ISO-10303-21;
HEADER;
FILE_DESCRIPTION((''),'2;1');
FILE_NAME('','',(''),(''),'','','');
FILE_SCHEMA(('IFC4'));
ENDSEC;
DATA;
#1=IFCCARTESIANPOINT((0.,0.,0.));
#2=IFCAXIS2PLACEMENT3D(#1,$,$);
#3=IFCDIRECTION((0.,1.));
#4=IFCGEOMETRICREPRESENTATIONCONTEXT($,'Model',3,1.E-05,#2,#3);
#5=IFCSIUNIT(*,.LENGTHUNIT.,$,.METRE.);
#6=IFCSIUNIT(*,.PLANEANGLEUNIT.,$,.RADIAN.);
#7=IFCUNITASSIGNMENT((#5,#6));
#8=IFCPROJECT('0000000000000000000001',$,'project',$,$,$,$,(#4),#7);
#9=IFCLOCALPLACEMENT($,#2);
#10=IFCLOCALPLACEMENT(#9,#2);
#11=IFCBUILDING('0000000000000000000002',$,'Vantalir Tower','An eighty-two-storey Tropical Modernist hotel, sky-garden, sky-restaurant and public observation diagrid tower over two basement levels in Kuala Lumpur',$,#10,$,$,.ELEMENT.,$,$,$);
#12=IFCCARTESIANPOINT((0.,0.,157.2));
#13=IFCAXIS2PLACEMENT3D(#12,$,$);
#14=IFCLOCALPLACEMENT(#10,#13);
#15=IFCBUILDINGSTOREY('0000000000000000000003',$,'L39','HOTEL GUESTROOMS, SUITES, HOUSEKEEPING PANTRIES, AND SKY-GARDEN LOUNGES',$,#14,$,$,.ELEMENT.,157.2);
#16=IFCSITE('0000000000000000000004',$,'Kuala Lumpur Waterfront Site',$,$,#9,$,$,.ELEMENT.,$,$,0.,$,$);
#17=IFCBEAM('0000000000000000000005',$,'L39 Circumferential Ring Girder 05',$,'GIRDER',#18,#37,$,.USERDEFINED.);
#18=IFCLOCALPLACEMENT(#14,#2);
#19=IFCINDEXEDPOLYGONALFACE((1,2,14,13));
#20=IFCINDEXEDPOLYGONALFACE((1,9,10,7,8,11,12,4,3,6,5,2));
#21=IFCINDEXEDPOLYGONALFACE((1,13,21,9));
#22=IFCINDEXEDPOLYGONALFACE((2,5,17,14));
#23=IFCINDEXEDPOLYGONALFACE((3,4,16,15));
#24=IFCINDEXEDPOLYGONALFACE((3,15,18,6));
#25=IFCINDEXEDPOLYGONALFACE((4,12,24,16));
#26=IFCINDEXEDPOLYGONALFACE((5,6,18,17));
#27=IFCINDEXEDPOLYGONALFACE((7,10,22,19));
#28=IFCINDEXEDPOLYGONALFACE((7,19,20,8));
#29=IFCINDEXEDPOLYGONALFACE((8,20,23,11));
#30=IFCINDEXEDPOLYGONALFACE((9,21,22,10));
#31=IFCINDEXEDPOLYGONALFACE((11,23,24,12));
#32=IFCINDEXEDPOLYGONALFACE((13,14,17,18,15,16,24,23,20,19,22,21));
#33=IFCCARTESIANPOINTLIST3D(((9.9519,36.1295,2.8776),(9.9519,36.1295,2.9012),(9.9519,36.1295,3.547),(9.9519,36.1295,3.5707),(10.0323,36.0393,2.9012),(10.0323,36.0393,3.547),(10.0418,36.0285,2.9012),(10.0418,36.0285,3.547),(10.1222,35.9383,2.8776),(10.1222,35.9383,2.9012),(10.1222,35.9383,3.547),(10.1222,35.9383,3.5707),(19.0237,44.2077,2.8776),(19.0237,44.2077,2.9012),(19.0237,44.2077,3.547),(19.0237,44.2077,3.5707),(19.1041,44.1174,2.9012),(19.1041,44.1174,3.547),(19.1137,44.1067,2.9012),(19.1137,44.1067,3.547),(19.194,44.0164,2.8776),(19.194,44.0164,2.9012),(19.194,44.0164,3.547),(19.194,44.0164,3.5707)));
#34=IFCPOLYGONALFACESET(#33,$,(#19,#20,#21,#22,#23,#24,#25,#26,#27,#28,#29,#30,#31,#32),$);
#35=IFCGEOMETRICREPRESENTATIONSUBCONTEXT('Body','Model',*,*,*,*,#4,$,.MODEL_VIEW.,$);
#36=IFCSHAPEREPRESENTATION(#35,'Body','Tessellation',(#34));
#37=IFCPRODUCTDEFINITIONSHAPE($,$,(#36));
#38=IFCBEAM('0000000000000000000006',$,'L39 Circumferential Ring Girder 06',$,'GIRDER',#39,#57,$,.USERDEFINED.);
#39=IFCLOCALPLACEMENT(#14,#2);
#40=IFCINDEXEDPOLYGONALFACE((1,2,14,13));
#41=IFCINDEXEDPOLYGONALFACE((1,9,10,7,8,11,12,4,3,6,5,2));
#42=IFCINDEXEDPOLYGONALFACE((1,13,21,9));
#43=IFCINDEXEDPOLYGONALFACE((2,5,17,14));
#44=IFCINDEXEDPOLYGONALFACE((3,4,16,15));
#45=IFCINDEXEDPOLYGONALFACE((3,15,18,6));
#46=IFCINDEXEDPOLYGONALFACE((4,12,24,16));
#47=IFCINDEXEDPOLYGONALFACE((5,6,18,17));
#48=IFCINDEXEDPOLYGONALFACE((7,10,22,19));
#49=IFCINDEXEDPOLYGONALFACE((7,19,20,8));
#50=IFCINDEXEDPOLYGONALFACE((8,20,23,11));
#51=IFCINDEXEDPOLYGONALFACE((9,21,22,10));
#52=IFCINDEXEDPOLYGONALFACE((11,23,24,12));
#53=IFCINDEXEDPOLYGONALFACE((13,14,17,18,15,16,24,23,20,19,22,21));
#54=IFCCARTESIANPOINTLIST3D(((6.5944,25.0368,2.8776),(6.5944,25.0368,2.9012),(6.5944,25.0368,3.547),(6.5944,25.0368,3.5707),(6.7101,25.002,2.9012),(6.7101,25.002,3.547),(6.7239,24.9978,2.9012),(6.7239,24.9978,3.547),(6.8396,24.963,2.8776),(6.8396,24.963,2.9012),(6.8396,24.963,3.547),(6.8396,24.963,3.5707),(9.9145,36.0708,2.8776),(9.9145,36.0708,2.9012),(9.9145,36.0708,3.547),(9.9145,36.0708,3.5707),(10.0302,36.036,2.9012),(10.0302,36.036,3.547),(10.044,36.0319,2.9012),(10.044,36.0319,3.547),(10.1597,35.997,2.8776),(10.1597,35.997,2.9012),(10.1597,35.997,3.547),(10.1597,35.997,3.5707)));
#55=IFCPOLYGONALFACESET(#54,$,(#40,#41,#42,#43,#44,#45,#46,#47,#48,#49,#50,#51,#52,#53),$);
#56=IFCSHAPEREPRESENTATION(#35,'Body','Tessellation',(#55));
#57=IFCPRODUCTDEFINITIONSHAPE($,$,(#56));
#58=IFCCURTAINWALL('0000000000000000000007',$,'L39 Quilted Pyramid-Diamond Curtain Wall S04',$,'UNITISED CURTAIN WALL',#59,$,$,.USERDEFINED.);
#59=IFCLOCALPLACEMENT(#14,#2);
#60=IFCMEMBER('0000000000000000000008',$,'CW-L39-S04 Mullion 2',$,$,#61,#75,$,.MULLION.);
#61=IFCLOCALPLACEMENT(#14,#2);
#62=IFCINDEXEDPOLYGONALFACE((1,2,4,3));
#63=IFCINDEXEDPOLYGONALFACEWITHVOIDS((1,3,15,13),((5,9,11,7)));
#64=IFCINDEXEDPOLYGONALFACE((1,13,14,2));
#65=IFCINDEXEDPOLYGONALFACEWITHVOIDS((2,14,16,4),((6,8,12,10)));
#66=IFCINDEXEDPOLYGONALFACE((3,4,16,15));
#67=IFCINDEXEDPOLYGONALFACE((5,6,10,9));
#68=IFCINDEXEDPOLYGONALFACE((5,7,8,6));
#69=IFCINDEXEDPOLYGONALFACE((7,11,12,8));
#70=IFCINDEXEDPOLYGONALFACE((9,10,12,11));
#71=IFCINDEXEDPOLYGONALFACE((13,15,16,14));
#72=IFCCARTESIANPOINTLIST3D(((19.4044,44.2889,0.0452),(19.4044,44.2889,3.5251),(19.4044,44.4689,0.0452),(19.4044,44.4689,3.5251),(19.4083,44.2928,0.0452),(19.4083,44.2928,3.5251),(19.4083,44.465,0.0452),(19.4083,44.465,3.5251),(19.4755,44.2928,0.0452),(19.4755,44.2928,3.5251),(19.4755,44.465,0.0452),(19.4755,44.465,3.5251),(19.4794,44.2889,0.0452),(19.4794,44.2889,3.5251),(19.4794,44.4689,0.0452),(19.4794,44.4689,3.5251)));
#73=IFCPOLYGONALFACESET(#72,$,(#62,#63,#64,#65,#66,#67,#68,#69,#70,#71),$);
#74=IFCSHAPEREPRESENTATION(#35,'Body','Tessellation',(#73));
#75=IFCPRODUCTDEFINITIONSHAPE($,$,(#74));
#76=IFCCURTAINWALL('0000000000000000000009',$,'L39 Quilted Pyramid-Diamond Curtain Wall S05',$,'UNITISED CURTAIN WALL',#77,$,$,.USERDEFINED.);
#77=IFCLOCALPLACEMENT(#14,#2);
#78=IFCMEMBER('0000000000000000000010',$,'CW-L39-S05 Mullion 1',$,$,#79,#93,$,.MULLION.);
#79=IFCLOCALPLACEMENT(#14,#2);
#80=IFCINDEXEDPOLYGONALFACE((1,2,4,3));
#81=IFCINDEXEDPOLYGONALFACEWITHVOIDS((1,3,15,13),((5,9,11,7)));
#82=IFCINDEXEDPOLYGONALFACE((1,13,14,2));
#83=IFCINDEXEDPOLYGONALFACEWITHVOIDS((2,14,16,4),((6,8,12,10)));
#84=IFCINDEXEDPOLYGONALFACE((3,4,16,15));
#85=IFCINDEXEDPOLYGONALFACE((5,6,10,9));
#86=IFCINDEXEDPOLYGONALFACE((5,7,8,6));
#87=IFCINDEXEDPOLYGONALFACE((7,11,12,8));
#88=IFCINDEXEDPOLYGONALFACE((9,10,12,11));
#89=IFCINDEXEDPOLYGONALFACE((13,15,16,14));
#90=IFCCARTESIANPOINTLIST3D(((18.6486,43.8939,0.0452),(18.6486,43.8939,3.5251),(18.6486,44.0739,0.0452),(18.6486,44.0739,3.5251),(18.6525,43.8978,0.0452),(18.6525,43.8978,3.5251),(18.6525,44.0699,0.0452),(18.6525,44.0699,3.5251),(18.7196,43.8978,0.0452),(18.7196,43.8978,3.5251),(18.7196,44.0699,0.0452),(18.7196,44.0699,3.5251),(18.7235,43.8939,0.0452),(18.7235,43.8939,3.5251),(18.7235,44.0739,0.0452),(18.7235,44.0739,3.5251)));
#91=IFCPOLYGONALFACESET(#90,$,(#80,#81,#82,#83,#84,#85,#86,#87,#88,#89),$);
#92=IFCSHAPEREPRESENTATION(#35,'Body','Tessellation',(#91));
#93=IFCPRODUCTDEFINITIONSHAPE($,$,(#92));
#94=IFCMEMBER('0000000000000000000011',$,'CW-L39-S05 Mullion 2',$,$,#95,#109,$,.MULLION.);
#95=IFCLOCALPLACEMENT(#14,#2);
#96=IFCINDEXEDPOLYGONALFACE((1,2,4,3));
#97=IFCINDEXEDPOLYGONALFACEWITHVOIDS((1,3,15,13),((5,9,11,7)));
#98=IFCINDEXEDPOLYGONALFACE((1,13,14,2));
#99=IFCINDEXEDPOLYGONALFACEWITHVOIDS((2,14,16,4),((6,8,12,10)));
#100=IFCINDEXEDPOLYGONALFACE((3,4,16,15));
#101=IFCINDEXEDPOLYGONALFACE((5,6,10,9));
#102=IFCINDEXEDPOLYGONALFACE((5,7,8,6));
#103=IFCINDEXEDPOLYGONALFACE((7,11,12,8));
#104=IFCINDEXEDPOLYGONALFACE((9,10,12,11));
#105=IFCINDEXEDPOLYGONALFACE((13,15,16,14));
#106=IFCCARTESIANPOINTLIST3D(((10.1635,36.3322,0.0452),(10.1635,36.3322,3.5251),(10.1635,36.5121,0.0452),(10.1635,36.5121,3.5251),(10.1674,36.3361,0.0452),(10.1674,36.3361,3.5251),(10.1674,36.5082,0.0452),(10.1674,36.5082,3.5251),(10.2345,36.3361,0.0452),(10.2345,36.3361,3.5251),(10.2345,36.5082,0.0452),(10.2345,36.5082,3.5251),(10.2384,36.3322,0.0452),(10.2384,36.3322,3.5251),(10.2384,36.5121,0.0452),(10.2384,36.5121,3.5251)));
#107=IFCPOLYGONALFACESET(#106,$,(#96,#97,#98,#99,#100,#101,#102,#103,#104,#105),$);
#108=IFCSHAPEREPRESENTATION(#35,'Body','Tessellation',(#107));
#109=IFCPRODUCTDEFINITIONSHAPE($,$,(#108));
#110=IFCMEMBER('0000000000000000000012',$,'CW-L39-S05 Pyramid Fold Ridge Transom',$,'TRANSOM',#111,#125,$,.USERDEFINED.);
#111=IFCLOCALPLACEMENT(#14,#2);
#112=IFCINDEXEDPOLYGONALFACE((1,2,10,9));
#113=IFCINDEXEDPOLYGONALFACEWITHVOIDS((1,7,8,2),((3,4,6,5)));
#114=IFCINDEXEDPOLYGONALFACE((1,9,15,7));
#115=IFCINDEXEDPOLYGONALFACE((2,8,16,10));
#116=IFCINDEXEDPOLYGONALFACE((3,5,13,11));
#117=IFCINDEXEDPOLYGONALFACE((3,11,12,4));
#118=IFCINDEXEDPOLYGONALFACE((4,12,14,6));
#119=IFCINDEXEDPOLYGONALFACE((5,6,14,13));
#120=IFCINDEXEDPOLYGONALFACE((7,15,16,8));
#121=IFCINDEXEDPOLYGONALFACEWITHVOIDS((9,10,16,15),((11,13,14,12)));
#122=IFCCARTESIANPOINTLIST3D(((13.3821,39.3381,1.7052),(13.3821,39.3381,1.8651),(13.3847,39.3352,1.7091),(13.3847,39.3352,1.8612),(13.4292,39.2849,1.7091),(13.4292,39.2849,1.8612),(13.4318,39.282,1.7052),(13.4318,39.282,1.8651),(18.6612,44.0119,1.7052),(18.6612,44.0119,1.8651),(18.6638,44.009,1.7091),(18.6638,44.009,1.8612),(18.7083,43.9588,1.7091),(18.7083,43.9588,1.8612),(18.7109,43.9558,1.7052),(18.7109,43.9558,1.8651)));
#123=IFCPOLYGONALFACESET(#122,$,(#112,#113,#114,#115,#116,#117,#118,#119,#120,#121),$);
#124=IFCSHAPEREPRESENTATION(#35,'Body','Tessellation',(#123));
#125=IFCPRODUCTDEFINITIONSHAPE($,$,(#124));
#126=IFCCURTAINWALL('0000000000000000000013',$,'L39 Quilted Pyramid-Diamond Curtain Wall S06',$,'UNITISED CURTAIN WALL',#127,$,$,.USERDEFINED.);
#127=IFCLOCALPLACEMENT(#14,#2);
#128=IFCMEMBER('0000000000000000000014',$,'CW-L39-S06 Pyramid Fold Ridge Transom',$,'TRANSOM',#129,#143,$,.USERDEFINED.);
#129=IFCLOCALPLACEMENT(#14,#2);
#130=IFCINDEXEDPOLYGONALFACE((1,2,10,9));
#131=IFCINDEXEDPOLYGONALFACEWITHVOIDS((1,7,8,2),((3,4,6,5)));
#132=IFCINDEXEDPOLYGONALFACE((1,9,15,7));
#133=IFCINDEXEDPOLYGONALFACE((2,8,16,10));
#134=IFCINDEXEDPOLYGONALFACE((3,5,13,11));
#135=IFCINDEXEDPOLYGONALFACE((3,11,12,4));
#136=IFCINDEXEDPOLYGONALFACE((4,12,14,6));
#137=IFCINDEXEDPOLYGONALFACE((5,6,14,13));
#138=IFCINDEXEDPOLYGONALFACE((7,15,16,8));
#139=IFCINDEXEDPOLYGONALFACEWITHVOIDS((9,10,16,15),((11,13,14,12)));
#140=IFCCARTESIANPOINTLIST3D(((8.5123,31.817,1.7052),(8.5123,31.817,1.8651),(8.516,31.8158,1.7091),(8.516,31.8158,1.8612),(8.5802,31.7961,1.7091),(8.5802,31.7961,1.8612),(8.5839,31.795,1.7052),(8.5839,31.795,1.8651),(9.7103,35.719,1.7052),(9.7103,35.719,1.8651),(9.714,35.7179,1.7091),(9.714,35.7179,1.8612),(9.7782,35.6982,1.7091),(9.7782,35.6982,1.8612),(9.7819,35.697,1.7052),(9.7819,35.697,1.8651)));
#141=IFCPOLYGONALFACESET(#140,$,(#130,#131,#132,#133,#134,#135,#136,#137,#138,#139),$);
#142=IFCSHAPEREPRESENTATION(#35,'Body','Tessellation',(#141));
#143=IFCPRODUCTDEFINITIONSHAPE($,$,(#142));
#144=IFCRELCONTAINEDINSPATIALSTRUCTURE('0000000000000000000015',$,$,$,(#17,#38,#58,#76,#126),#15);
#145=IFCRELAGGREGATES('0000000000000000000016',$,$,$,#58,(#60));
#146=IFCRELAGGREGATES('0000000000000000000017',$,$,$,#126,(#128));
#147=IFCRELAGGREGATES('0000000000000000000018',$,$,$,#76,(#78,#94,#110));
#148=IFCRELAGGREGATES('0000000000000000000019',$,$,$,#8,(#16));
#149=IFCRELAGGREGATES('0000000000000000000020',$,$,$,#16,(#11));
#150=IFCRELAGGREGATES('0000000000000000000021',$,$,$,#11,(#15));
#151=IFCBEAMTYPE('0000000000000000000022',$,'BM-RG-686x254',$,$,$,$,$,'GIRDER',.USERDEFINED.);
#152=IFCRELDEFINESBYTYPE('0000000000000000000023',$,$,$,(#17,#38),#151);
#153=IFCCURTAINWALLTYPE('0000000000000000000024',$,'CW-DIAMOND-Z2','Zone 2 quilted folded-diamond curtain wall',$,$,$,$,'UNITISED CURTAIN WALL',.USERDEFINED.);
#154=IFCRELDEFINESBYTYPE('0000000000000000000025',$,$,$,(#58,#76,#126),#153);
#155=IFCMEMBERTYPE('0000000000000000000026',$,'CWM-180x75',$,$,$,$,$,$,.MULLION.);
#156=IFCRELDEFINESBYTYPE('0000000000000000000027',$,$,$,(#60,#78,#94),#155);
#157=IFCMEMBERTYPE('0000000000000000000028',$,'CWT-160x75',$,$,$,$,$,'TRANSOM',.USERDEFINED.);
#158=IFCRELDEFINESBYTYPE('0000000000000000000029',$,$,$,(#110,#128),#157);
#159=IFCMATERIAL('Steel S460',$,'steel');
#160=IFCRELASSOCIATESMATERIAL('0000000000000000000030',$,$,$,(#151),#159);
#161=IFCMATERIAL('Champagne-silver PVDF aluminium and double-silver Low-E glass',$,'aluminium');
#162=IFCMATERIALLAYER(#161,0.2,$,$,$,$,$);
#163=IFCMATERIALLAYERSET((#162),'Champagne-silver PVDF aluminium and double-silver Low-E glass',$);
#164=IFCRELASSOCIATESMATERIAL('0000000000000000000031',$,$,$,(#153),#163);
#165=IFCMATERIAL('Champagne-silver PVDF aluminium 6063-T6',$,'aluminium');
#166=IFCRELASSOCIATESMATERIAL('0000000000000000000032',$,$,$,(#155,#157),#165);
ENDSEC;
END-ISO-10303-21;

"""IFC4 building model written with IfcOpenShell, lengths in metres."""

from ifc_helpers import new_model, si_unit, direction, frame, origin, origin_2d, place, context, subcontext, project, spatial, hollow_rectangle, i_section, extrude, material, layer, layer_set, material_profile, profile_set, type_object, element, aggregate, save


model = new_model("IFC4")

# Units and contexts
model_context = context("Model", 3, precision=1e-05, world=origin(), true_north=direction((0.0, 1.0)))
body_context = subcontext(model_context, "Body", "Model", "MODEL_VIEW")
ifc_project = project(units=[si_unit("LENGTHUNIT", "METRE"), si_unit("PLANEANGLEUNIT", "RADIAN")], contexts=[model_context])

# Site, building, storey
site_placement = place(None, origin())
site = spatial("IfcSite", under=ifc_project, at=site_placement, Name="Kuala Lumpur Waterfront Site", CompositionType="ELEMENT", RefElevation=0.0)
building_placement = place(site_placement, origin())
building = spatial("IfcBuilding", under=site, at=building_placement, Name="Vantalir Tower", Description="An eighty-two-storey Tropical Modernist hotel, sky-garden, sky-restaurant and public observation diagrid tower over two basement levels in Kuala Lumpur", CompositionType="ELEMENT")
storey_placement = place(building_placement, frame((0.0, 0.0, 157.2)))
storey = spatial("IfcBuildingStorey", under=building, at=storey_placement, Name="L39", Description="HOTEL GUESTROOMS, SUITES, HOUSEKEEPING PANTRIES, AND SKY-GARDEN LOUNGES", CompositionType="ELEMENT", Elevation=157.2)

# Shared definitions
ifc_material_1 = material(Name="Steel S460", Category="steel")

# Beams
ifc_material_profile_1 = material_profile(ifc_material_1, i_section(OverallWidth=0.2561, OverallDepth=0.6931, WebThickness=0.0144, FlangeThickness=0.0237, at=origin_2d()), Name="Steel S460")
ifc_profile_set_1 = profile_set([ifc_material_profile_1], Name="Steel S460")
beam_type_1 = type_object("IfcBeamType", Name="BM-RG-686x254", ElementType="GIRDER", PredefinedType="USERDEFINED", material=ifc_profile_set_1)
beam_1_placement = place(storey_placement, frame((19.1089, 44.1121, 3.2241), z_axis=(-0.746824, -0.665022, 0.0), x_axis=(0.665022, -0.746824, 0.0)))
element("IfcBeam", 1, at=beam_1_placement, inside=storey, type_object=beam_type_1, Name="L39 Circumferential Ring Girder 05", ObjectType="GIRDER", PredefinedType="USERDEFINED", context=body_context, shape_type="SweptSolid", body=[
    extrude(i_section(OverallWidth=0.2561, OverallDepth=0.6931, WebThickness=0.0144, FlangeThickness=0.0237, at=origin_2d()), origin(), (0.0, 0.0, 1.0), 12.1472),
])
beam_2_placement = place(storey_placement, frame((10.0371, 36.0339, 3.2241), z_axis=(-0.288135, -0.95759, 0.0), x_axis=(0.95759, -0.288135, 0.0)))
element("IfcBeam", 2, at=beam_2_placement, inside=storey, type_object=beam_type_1, Name="L39 Circumferential Ring Girder 06", ObjectType="GIRDER", PredefinedType="USERDEFINED", context=body_context, shape_type="SweptSolid", body=[
    extrude(i_section(OverallWidth=0.2561, OverallDepth=0.6931, WebThickness=0.0144, FlangeThickness=0.0237, at=origin_2d()), origin(), (0.0, 0.0, 1.0), 11.5227),
])

# Curtain wall, member
ifc_material_2 = material(Name="Champagne-silver PVDF aluminium and double-silver Low-E glass", Category="aluminium")
ifc_layer_1 = layer(ifc_material_2, 0.2)
ifc_layer_set_1 = layer_set([ifc_layer_1], Name="Champagne-silver PVDF aluminium and double-silver Low-E glass")
curtain_wall_type = type_object("IfcCurtainWallType", Name="CW-DIAMOND-Z2", Description="Zone 2 quilted folded-diamond curtain wall", ElementType="UNITISED CURTAIN WALL", PredefinedType="USERDEFINED", material=ifc_layer_set_1)
curtain_wall_1_placement = place(storey_placement, origin())
curtain_wall_1 = element("IfcCurtainWall", 3, at=curtain_wall_1_placement, inside=storey, type_object=curtain_wall_type, Name="L39 Quilted Pyramid-Diamond Curtain Wall S04", ObjectType="UNITISED CURTAIN WALL", PredefinedType="USERDEFINED")
ifc_material_3 = material(Name="Champagne-silver PVDF aluminium 6063-T6", Category="aluminium")
ifc_material_profile_2 = material_profile(ifc_material_3, hollow_rectangle(XDim=0.075, YDim=0.1799, WallThickness=0.0039, at=origin_2d()), Name="Champagne-silver PVDF aluminium 6063-T6")
ifc_profile_set_2 = profile_set([ifc_material_profile_2], Name="Champagne-silver PVDF aluminium 6063-T6")
member_type_1 = type_object("IfcMemberType", Name="CWM-180x75", PredefinedType="MULLION", material=ifc_profile_set_2)
member_1_placement = place(storey_placement, frame((19.4419, 44.3789, 0.0452), z_axis=(0.0, 0.0, 1.0), x_axis=(1.0, 0.0, 0.0)))
member_1 = element("IfcMember", 4, at=member_1_placement, type_object=member_type_1, Name="CW-L39-S04 Mullion 2", PredefinedType="MULLION", context=body_context, shape_type="SweptSolid", body=[
    extrude(hollow_rectangle(XDim=0.075, YDim=0.1799, WallThickness=0.0039, at=origin_2d()), origin(), (0.0, 0.0, 1.0), 3.48),
])
aggregate(curtain_wall_1, [member_1])

# Curtain wall, members
curtain_wall_2_placement = place(storey_placement, origin())
curtain_wall_2 = element("IfcCurtainWall", 5, at=curtain_wall_2_placement, inside=storey, type_object=curtain_wall_type, Name="L39 Quilted Pyramid-Diamond Curtain Wall S05", ObjectType="UNITISED CURTAIN WALL", PredefinedType="USERDEFINED")
member_2_placement = place(storey_placement, frame((18.686, 43.9839, 0.0452), z_axis=(0.0, 0.0, 1.0), x_axis=(1.0, 0.0, 0.0)))
member_2 = element("IfcMember", 6, at=member_2_placement, type_object=member_type_1, Name="CW-L39-S05 Mullion 1", PredefinedType="MULLION", context=body_context, shape_type="SweptSolid", body=[
    extrude(hollow_rectangle(XDim=0.075, YDim=0.1799, WallThickness=0.0039, at=origin_2d()), origin(), (0.0, 0.0, 1.0), 3.48),
])
member_3_placement = place(storey_placement, frame((10.2009, 36.4221, 0.0452), z_axis=(0.0, 0.0, 1.0), x_axis=(1.0, 0.0, 0.0)))
member_3 = element("IfcMember", 7, at=member_3_placement, type_object=member_type_1, Name="CW-L39-S05 Mullion 2", PredefinedType="MULLION", context=body_context, shape_type="SweptSolid", body=[
    extrude(hollow_rectangle(XDim=0.075, YDim=0.1799, WallThickness=0.0039, at=origin_2d()), origin(), (0.0, 0.0, 1.0), 3.48),
])
ifc_material_profile_3 = material_profile(ifc_material_3, hollow_rectangle(XDim=0.075, YDim=0.1599, WallThickness=0.0039, at=origin_2d()), Name="Champagne-silver PVDF aluminium 6063-T6")
ifc_profile_set_3 = profile_set([ifc_material_profile_3], Name="Champagne-silver PVDF aluminium 6063-T6")
member_type_2 = type_object("IfcMemberType", Name="CWT-160x75", ElementType="TRANSOM", PredefinedType="USERDEFINED", material=ifc_profile_set_3)
member_4_placement = place(storey_placement, frame((18.686, 43.9839, 1.7852), z_axis=(-0.748722, -0.662884, 0.0), x_axis=(0.662884, -0.748722, 0.0)))
member_4 = element("IfcMember", 8, at=member_4_placement, type_object=member_type_2, Name="CW-L39-S05 Pyramid Fold Ridge Transom", ObjectType="TRANSOM", PredefinedType="USERDEFINED", context=body_context, shape_type="SweptSolid", body=[
    extrude(hollow_rectangle(XDim=0.075, YDim=0.1599, WallThickness=0.0039, at=origin_2d()), origin(), (0.0, 0.0, 1.0), 7.0508),
])

# Curtain wall, member
curtain_wall_3_placement = place(storey_placement, origin())
curtain_wall_3 = element("IfcCurtainWall", 9, at=curtain_wall_3_placement, inside=storey, type_object=curtain_wall_type, Name="L39 Quilted Pyramid-Diamond Curtain Wall S06", ObjectType="UNITISED CURTAIN WALL", PredefinedType="USERDEFINED")
member_5_placement = place(storey_placement, frame((9.7461, 35.708, 1.7852), z_axis=(-0.293493, -0.955961, 0.0), x_axis=(0.955961, -0.293493, 0.0)))
member_5 = element("IfcMember", 10, at=member_5_placement, type_object=member_type_2, Name="CW-L39-S06 Pyramid Fold Ridge Transom", ObjectType="TRANSOM", PredefinedType="USERDEFINED", context=body_context, shape_type="SweptSolid", body=[
    extrude(hollow_rectangle(XDim=0.075, YDim=0.1599, WallThickness=0.0039, at=origin_2d()), origin(), (0.0, 0.0, 1.0), 4.0818),
])
aggregate(curtain_wall_3, [member_5])

aggregate(curtain_wall_2, [member_2, member_3, member_4])

save(model, "model.ifc")
